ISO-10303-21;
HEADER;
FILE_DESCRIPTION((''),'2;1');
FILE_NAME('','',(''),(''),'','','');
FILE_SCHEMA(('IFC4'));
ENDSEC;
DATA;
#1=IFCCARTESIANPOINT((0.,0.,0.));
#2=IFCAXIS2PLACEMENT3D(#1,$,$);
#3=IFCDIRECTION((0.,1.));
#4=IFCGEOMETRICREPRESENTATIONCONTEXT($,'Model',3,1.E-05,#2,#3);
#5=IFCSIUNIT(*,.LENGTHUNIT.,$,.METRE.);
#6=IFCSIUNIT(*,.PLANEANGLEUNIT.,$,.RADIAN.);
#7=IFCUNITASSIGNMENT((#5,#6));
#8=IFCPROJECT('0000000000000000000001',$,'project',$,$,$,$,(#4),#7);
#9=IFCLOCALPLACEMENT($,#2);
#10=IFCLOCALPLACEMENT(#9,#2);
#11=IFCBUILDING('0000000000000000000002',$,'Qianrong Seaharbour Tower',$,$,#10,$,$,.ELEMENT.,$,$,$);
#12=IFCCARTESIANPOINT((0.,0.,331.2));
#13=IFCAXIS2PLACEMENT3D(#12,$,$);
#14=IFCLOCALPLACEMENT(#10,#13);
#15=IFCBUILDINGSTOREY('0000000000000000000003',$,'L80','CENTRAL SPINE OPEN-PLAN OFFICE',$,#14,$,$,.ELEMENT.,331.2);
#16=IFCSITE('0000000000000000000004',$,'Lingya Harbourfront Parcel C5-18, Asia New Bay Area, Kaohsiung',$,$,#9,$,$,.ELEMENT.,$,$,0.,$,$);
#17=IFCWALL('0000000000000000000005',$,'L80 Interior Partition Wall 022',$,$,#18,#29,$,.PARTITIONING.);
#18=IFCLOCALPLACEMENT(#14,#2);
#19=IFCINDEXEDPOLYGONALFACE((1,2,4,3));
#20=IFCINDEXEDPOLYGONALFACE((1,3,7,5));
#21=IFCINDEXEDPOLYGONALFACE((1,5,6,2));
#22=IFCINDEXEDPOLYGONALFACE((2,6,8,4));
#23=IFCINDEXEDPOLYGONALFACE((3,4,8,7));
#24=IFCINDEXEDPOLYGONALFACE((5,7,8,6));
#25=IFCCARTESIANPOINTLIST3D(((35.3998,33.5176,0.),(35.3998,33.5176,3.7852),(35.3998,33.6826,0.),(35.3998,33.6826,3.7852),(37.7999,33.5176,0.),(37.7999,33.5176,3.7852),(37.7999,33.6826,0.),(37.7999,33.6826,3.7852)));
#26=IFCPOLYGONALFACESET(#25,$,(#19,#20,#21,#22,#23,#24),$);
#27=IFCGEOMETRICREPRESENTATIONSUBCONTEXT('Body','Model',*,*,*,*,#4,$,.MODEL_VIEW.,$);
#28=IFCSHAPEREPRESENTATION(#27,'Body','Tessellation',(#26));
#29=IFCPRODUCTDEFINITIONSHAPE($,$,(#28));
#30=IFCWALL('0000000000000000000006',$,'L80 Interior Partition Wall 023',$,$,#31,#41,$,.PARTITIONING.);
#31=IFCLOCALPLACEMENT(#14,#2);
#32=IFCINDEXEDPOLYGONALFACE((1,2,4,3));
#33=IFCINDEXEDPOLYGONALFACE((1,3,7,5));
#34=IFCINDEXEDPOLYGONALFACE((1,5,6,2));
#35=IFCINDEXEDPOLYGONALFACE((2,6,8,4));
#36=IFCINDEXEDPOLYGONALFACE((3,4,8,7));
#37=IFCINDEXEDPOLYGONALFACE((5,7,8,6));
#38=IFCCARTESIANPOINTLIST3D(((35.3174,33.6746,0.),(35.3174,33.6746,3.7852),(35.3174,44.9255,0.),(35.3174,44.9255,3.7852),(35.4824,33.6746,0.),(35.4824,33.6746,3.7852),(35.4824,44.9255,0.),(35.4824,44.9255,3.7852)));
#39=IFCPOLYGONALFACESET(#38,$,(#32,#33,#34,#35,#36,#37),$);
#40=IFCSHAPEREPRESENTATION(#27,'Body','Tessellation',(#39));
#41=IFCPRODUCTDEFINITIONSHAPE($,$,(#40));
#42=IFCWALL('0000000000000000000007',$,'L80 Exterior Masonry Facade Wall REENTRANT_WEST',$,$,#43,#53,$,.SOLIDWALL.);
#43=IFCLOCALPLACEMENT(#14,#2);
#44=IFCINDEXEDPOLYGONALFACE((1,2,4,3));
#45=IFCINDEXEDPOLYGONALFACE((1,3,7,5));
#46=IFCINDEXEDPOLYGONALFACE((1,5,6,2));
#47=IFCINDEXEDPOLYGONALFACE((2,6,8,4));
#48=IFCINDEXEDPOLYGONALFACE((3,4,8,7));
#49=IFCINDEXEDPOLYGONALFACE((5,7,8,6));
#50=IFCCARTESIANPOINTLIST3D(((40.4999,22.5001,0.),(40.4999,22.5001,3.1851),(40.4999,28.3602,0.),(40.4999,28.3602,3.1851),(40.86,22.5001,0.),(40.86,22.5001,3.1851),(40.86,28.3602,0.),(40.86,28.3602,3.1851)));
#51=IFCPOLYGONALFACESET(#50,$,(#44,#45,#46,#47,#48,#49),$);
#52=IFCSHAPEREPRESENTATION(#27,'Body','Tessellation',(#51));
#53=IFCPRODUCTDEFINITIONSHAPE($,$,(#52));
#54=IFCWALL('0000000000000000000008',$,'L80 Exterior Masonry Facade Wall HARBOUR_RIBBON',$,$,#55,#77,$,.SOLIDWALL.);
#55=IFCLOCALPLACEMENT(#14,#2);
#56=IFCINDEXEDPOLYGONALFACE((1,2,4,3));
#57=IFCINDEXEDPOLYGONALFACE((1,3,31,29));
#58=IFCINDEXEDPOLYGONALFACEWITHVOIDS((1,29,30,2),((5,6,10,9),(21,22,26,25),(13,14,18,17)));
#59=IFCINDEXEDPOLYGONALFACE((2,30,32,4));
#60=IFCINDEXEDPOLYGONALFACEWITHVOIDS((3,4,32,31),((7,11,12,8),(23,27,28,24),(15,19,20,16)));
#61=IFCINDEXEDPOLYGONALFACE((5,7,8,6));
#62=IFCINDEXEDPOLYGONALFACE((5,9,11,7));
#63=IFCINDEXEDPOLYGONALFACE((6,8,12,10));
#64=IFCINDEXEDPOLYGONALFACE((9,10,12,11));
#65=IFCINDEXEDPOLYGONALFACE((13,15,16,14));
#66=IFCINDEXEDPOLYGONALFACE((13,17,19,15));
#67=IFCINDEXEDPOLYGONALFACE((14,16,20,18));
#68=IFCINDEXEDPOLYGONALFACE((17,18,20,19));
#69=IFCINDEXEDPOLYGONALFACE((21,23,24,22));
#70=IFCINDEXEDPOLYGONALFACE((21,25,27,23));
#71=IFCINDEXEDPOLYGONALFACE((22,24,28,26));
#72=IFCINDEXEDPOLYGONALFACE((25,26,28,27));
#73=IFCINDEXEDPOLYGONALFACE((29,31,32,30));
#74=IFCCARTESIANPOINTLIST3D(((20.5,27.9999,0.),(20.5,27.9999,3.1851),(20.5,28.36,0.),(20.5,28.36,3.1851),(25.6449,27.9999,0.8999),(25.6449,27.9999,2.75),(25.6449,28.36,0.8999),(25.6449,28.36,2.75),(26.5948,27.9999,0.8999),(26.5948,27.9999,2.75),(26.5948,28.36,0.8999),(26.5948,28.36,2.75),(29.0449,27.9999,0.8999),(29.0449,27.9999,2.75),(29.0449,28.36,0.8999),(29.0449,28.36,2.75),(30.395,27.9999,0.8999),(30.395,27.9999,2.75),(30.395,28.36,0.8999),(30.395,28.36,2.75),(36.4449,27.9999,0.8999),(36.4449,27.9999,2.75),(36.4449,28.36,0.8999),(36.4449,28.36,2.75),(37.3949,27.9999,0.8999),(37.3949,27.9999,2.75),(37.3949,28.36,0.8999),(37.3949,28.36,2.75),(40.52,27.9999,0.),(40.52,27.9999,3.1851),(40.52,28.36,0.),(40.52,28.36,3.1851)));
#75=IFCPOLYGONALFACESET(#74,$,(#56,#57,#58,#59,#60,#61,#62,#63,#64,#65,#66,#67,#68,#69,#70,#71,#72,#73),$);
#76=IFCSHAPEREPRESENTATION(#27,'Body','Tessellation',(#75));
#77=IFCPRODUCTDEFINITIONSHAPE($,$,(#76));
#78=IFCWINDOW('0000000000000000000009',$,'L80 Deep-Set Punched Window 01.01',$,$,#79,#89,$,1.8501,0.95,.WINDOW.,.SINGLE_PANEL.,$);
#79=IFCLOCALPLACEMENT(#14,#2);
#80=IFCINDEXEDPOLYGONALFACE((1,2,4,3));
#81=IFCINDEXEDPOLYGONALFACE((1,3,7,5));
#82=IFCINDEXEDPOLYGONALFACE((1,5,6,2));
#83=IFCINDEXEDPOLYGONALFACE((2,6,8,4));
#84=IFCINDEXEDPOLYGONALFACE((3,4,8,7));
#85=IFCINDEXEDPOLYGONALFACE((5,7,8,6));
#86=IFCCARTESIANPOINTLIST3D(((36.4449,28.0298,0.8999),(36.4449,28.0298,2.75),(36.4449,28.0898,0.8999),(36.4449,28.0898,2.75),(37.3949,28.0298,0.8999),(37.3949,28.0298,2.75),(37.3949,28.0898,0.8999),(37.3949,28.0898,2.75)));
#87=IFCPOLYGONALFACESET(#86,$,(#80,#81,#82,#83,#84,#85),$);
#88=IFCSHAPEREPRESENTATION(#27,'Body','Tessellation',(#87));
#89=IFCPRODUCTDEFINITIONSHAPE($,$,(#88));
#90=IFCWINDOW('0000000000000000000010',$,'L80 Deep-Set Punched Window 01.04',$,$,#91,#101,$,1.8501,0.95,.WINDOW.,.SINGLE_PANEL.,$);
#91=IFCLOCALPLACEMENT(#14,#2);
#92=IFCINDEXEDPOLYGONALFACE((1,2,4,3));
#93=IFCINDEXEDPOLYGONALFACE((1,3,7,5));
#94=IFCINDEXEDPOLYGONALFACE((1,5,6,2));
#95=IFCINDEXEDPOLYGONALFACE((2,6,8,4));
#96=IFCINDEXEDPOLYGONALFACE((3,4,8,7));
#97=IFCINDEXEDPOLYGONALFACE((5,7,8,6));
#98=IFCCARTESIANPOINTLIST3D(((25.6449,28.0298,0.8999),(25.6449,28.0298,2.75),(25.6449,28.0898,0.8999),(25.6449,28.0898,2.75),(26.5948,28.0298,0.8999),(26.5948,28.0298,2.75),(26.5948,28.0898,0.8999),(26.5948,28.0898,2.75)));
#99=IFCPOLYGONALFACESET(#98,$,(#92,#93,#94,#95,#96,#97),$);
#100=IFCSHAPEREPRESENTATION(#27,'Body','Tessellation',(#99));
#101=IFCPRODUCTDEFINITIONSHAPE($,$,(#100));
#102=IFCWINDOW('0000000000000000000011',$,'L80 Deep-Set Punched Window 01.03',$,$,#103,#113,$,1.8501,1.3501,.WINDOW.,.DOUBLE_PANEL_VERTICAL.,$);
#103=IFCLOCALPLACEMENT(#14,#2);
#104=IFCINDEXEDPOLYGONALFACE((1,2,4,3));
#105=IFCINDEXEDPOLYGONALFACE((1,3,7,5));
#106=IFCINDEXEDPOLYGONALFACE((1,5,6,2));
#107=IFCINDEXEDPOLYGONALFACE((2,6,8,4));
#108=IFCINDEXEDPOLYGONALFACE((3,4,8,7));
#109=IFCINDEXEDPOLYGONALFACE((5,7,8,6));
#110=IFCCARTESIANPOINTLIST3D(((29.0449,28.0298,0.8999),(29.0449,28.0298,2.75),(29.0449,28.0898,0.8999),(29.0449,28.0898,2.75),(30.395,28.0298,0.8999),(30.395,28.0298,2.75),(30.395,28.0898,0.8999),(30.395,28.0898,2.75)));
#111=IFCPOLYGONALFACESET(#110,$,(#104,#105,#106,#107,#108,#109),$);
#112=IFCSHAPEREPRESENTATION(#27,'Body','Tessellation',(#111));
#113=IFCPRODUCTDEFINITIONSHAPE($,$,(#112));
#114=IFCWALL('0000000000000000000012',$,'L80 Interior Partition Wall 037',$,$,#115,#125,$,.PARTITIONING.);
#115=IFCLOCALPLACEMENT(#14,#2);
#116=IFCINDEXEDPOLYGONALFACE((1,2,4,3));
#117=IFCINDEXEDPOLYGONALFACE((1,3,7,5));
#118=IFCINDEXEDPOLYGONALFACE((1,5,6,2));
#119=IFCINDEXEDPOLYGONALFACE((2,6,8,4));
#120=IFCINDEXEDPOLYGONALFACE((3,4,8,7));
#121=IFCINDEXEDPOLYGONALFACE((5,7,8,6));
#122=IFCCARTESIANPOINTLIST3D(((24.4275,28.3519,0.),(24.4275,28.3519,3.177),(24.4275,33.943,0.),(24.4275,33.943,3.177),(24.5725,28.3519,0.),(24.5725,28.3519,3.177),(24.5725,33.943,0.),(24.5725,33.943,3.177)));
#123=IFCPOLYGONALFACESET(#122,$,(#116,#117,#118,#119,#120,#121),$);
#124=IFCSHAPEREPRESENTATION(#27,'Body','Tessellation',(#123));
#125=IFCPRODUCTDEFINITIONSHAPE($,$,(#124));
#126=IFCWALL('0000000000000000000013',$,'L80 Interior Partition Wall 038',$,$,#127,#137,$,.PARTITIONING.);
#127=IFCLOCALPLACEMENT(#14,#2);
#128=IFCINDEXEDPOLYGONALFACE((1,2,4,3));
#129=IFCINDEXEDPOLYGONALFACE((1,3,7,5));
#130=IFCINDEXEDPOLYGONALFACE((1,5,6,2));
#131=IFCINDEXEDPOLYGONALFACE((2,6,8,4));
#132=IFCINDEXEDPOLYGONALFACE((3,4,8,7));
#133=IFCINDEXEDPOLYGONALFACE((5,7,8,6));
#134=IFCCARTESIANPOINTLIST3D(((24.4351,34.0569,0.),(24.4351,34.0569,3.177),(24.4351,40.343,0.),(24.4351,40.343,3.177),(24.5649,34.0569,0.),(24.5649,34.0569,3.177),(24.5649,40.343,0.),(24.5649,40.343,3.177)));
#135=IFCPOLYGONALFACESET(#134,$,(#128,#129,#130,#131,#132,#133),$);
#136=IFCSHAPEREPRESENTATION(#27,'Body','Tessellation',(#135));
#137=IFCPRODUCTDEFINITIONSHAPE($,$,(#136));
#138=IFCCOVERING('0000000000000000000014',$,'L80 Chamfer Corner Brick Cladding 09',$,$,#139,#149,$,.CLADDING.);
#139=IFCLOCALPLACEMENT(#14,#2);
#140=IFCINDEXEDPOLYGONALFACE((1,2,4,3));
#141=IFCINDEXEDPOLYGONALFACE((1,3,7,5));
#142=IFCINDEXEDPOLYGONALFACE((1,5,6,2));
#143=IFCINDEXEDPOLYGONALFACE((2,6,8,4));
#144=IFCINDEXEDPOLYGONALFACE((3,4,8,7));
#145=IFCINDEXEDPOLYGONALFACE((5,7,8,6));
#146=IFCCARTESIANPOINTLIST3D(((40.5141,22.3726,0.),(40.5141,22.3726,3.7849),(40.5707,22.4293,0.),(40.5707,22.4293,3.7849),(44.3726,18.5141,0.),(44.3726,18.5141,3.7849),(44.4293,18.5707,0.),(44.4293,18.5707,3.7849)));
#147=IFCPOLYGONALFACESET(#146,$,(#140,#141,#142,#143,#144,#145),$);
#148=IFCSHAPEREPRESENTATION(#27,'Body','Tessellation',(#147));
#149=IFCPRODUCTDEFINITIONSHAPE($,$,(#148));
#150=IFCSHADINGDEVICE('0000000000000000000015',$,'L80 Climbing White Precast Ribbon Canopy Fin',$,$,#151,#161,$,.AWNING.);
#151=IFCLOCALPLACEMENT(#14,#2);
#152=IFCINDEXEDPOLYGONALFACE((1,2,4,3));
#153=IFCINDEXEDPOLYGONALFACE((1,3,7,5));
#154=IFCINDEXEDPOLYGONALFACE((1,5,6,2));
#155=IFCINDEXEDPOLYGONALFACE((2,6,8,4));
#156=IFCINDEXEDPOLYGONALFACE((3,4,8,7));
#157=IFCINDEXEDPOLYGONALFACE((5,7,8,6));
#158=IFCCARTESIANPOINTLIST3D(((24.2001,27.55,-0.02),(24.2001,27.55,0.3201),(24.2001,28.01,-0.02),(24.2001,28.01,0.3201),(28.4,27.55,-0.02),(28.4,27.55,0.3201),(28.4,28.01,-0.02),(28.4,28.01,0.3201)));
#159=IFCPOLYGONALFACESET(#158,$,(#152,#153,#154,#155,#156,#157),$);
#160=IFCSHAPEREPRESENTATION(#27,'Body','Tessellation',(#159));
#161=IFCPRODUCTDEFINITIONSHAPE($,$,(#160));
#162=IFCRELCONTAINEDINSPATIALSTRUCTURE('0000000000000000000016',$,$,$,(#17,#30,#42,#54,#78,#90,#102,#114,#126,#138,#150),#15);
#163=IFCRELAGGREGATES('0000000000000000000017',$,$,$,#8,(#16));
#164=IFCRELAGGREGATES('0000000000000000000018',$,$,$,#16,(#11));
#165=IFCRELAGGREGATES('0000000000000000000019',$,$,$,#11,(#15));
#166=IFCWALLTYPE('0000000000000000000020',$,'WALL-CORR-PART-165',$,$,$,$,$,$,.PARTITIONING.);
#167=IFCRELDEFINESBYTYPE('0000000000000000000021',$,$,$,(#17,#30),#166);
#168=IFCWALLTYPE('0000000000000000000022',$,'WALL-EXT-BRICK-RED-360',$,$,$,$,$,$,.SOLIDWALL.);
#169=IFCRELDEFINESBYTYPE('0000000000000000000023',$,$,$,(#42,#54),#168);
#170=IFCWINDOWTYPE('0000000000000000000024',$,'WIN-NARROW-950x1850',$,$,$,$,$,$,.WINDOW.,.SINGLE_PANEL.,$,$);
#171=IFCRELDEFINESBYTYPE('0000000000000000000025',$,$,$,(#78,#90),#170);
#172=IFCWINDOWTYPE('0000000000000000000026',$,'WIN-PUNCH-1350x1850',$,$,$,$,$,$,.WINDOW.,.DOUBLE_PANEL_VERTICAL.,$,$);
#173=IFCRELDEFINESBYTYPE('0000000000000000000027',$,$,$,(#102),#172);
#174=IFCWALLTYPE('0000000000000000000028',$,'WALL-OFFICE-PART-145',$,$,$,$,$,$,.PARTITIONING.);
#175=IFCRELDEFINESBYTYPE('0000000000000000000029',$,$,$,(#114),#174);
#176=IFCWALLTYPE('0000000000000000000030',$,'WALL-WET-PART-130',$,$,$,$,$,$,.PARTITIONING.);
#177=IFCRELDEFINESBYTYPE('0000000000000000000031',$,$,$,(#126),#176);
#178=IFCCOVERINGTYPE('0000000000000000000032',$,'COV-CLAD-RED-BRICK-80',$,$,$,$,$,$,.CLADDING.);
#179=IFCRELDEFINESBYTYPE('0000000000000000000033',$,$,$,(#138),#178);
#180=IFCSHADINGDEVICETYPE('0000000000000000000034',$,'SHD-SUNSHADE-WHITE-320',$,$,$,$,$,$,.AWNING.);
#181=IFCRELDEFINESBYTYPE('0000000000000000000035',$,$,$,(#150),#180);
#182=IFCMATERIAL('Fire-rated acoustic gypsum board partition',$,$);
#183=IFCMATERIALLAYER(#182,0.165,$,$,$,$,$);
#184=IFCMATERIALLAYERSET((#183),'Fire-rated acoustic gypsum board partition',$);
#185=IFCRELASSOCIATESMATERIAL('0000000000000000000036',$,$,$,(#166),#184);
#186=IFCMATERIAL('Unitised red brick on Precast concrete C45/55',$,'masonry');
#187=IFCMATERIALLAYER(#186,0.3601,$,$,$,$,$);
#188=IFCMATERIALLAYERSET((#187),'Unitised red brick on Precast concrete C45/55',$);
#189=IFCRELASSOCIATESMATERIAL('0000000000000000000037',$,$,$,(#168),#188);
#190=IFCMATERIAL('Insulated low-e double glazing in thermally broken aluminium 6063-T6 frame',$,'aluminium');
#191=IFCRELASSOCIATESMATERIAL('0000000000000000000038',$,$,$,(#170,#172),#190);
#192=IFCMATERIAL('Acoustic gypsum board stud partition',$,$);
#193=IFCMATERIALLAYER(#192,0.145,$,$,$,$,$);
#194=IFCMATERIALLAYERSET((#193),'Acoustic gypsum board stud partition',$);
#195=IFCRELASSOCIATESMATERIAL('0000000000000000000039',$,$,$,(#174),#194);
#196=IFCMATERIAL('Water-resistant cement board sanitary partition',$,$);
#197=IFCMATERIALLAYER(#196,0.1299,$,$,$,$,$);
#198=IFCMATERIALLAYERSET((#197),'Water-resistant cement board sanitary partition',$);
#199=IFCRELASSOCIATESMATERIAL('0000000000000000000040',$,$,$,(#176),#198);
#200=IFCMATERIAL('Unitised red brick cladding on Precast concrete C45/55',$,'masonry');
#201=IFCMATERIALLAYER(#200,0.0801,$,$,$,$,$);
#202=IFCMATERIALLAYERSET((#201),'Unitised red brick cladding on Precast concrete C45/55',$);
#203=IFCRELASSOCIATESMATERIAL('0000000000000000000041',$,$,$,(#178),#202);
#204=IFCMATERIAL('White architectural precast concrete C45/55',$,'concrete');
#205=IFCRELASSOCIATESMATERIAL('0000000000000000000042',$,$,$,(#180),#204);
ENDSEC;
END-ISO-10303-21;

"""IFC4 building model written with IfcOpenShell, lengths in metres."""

from ifc_helpers import new_model, si_unit, direction, frame, frame_2d, origin, origin_2d, place, context, subcontext, project, spatial, rectangle, extrude, material, layer, layer_set, type_object, element, fill, save


model = new_model("IFC4")

# Units and contexts
model_context = context("Model", 3, precision=1e-05, world=origin(), true_north=direction((0.0, 1.0)))
body_context = subcontext(model_context, "Body", "Model", "MODEL_VIEW")
ifc_project = project(units=[si_unit("LENGTHUNIT", "METRE"), si_unit("PLANEANGLEUNIT", "RADIAN")], contexts=[model_context])

# Site, building, storey
site_placement = place(None, origin())
site = spatial("IfcSite", under=ifc_project, at=site_placement, Name="Lingya Harbourfront Parcel C5-18, Asia New Bay Area, Kaohsiung", CompositionType="ELEMENT", RefElevation=0.0)
building_placement = place(site_placement, origin())
building = spatial("IfcBuilding", under=site, at=building_placement, Name="Qianrong Seaharbour Tower", CompositionType="ELEMENT")
storey_placement = place(building_placement, frame((0.0, 0.0, 331.2)))
storey = spatial("IfcBuildingStorey", under=building, at=storey_placement, Name="L80", Description="CENTRAL SPINE OPEN-PLAN OFFICE", CompositionType="ELEMENT", Elevation=331.2)

# Walls
ifc_material_1 = material(Name="Fire-rated acoustic gypsum board partition")
ifc_layer_1 = layer(ifc_material_1, 0.165)
ifc_layer_set_1 = layer_set([ifc_layer_1], Name="Fire-rated acoustic gypsum board partition")
wall_type_1 = type_object("IfcWallType", Name="WALL-CORR-PART-165", PredefinedType="PARTITIONING", material=ifc_layer_set_1)
wall_1_placement = place(storey_placement, frame((37.8, 33.6001, 0.0), z_axis=(0.0, 0.0, 1.0), x_axis=(-1.0, 0.0, 0.0)))
element("IfcWall", 1, at=wall_1_placement, inside=storey, type_object=wall_type_1, Name="L80 Interior Partition Wall 022", PredefinedType="PARTITIONING", context=body_context, shape_type="SweptSolid", body=[
    extrude(rectangle(XDim=2.4001, YDim=0.165, at=frame_2d((1.2002, 0.0))), origin(), (0.0, 0.0, 1.0), 3.7852),
])
wall_2_placement = place(storey_placement, frame((35.3999, 33.6746, 0.0), z_axis=(0.0, 0.0, 1.0), x_axis=(0.0, 1.0, 0.0)))
element("IfcWall", 2, at=wall_2_placement, inside=storey, type_object=wall_type_1, Name="L80 Interior Partition Wall 023", PredefinedType="PARTITIONING", context=body_context, shape_type="SweptSolid", body=[
    extrude(rectangle(XDim=11.251, YDim=0.165, at=frame_2d((5.6255, 0.0))), origin(), (0.0, 0.0, 1.0), 3.7852),
])
ifc_material_2 = material(Name="Unitised red brick on Precast concrete C45/55", Category="masonry")
ifc_layer_2 = layer(ifc_material_2, 0.3601)
ifc_layer_set_2 = layer_set([ifc_layer_2], Name="Unitised red brick on Precast concrete C45/55")
wall_type_2 = type_object("IfcWallType", Name="WALL-EXT-BRICK-RED-360", PredefinedType="SOLIDWALL", material=ifc_layer_set_2)
wall_3_placement = place(storey_placement, frame((40.6799, 22.5, 0.0), z_axis=(0.0, 0.0, 1.0), x_axis=(0.0, 1.0, 0.0)))
element("IfcWall", 3, at=wall_3_placement, inside=storey, type_object=wall_type_2, Name="L80 Exterior Masonry Facade Wall REENTRANT_WEST", PredefinedType="SOLIDWALL", context=body_context, shape_type="SweptSolid", body=[
    extrude(rectangle(XDim=5.8601, YDim=0.3601, at=frame_2d((2.9302, 0.0))), origin(), (0.0, 0.0, 1.0), 3.1851),
])

# Wall, openings, windows
wall_4_placement = place(storey_placement, frame((40.52, 28.1799, 0.0), z_axis=(0.0, 0.0, 1.0), x_axis=(-1.0, 0.0, 0.0)))
wall_4 = element("IfcWall", 4, at=wall_4_placement, inside=storey, type_object=wall_type_2, Name="L80 Exterior Masonry Facade Wall HARBOUR_RIBBON", PredefinedType="SOLIDWALL", context=body_context, shape_type="SweptSolid", body=[
    extrude(rectangle(XDim=20.02, YDim=0.3601, at=frame_2d((10.01, 0.0))), origin(), (0.0, 0.0, 1.0), 3.1851),
])
opening_1_placement = place(wall_4_placement, frame((3.125, 0.0, 0.8999)))
opening_1 = element("IfcOpeningElement", 5, at=opening_1_placement, cuts=wall_4, PredefinedType="OPENING", context=body_context, shape_type="SweptSolid", body=[
    extrude(rectangle(XDim=0.95, YDim=1.8501, at=frame_2d((0.4751, 0.925))), frame((0.0, 0.1899, 0.0), z_axis=(0.0, -1.0, 0.0), x_axis=(1.0, 0.0, 0.0)), (0.0, 0.0, 1.0), 0.3801),
])
opening_2_placement = place(wall_4_placement, frame((10.125, 0.0, 0.8999)))
opening_2 = element("IfcOpeningElement", 6, at=opening_2_placement, cuts=wall_4, PredefinedType="OPENING", context=body_context, shape_type="SweptSolid", body=[
    extrude(rectangle(XDim=1.3501, YDim=1.8501, at=frame_2d((0.675, 0.925))), frame((0.0, 0.1899, 0.0), z_axis=(0.0, -1.0, 0.0), x_axis=(1.0, 0.0, 0.0)), (0.0, 0.0, 1.0), 0.3801),
])
opening_3_placement = place(wall_4_placement, frame((13.925, 0.0, 0.8999)))
opening_3 = element("IfcOpeningElement", 7, at=opening_3_placement, cuts=wall_4, PredefinedType="OPENING", context=body_context, shape_type="SweptSolid", body=[
    extrude(rectangle(XDim=0.95, YDim=1.8501, at=frame_2d((0.4751, 0.925))), frame((0.0, 0.1899, 0.0), z_axis=(0.0, -1.0, 0.0), x_axis=(1.0, 0.0, 0.0)), (0.0, 0.0, 1.0), 0.3801),
])
ifc_material_3 = material(Name="Insulated low-e double glazing in thermally broken aluminium 6063-T6 frame", Category="aluminium")
window_type_1 = type_object("IfcWindowType", Name="WIN-NARROW-950x1850", PartitioningType="SINGLE_PANEL", PredefinedType="WINDOW", material=ifc_material_3)
window_1_placement = place(opening_1_placement, origin())
window_1 = element("IfcWindow", 8, at=window_1_placement, inside=storey, type_object=window_type_1, Name="L80 Deep-Set Punched Window 01.01", OverallHeight=1.8501, OverallWidth=0.95, PartitioningType="SINGLE_PANEL", PredefinedType="WINDOW", context=body_context, shape_type="SweptSolid", body=[
    extrude(rectangle(XDim=0.95, YDim=1.8501, at=frame_2d((0.4751, 0.925))), frame((0.0, 0.1501, 0.0), z_axis=(0.0, -1.0, 0.0), x_axis=(1.0, 0.0, 0.0)), (0.0, 0.0, 1.0), 0.0601),
])
fill(opening_1, window_1)
window_2_placement = place(opening_3_placement, origin())
window_2 = element("IfcWindow", 9, at=window_2_placement, inside=storey, type_object=window_type_1, Name="L80 Deep-Set Punched Window 01.04", OverallHeight=1.8501, OverallWidth=0.95, PartitioningType="SINGLE_PANEL", PredefinedType="WINDOW", context=body_context, shape_type="SweptSolid", body=[
    extrude(rectangle(XDim=0.95, YDim=1.8501, at=frame_2d((0.4751, 0.925))), frame((0.0, 0.1501, 0.0), z_axis=(0.0, -1.0, 0.0), x_axis=(1.0, 0.0, 0.0)), (0.0, 0.0, 1.0), 0.0601),
])
fill(opening_3, window_2)
window_type_2 = type_object("IfcWindowType", Name="WIN-PUNCH-1350x1850", PartitioningType="DOUBLE_PANEL_VERTICAL", PredefinedType="WINDOW", material=ifc_material_3)
window_3_placement = place(opening_2_placement, origin())
window_3 = element("IfcWindow", 10, at=window_3_placement, inside=storey, type_object=window_type_2, Name="L80 Deep-Set Punched Window 01.03", OverallHeight=1.8501, OverallWidth=1.3501, PartitioningType="DOUBLE_PANEL_VERTICAL", PredefinedType="WINDOW", context=body_context, shape_type="SweptSolid", body=[
    extrude(rectangle(XDim=1.3501, YDim=1.8501, at=frame_2d((0.675, 0.925))), frame((0.0, 0.1501, 0.0), z_axis=(0.0, -1.0, 0.0), x_axis=(1.0, 0.0, 0.0)), (0.0, 0.0, 1.0), 0.0601),
])
fill(opening_2, window_3)

# Walls
ifc_material_4 = material(Name="Acoustic gypsum board stud partition")
ifc_layer_3 = layer(ifc_material_4, 0.145)
ifc_layer_set_3 = layer_set([ifc_layer_3], Name="Acoustic gypsum board stud partition")
wall_type_3 = type_object("IfcWallType", Name="WALL-OFFICE-PART-145", PredefinedType="PARTITIONING", material=ifc_layer_set_3)
wall_5_placement = place(storey_placement, frame((24.5, 28.3521, 0.0), z_axis=(0.0, 0.0, 1.0), x_axis=(0.0, 1.0, 0.0)))
element("IfcWall", 11, at=wall_5_placement, inside=storey, type_object=wall_type_3, Name="L80 Interior Partition Wall 037", PredefinedType="PARTITIONING", context=body_context, shape_type="SweptSolid", body=[
    extrude(rectangle(XDim=5.5911, YDim=0.145, at=frame_2d((2.7954, 0.0))), origin(), (0.0, 0.0, 1.0), 3.177),
])
ifc_material_5 = material(Name="Water-resistant cement board sanitary partition")
ifc_layer_4 = layer(ifc_material_5, 0.1299)
ifc_layer_set_4 = layer_set([ifc_layer_4], Name="Water-resistant cement board sanitary partition")
wall_type_4 = type_object("IfcWallType", Name="WALL-WET-PART-130", PredefinedType="PARTITIONING", material=ifc_layer_set_4)
wall_6_placement = place(storey_placement, frame((24.5, 34.0569, 0.0), z_axis=(0.0, 0.0, 1.0), x_axis=(0.0, 1.0, 0.0)))
element("IfcWall", 12, at=wall_6_placement, inside=storey, type_object=wall_type_4, Name="L80 Interior Partition Wall 038", PredefinedType="PARTITIONING", context=body_context, shape_type="SweptSolid", body=[
    extrude(rectangle(XDim=6.2861, YDim=0.1299, at=frame_2d((3.1431, 0.0))), origin(), (0.0, 0.0, 1.0), 3.177),
])

# Covering
ifc_material_6 = material(Name="Unitised red brick cladding on Precast concrete C45/55", Category="masonry")
ifc_layer_5 = layer(ifc_material_6, 0.0801)
ifc_layer_set_5 = layer_set([ifc_layer_5], Name="Unitised red brick cladding on Precast concrete C45/55")
covering_type = type_object("IfcCoveringType", Name="COV-CLAD-RED-BRICK-80", PredefinedType="CLADDING", material=ifc_layer_set_5)
covering_placement = place(storey_placement, frame((42.4717, 20.4717, 0.0), z_axis=(0.0, 0.0, 1.0), x_axis=(-0.707107, 0.707107, 0.0)))
element("IfcCovering", 13, at=covering_placement, inside=storey, type_object=covering_type, Name="L80 Chamfer Corner Brick Cladding 09", PredefinedType="CLADDING", context=body_context, shape_type="SweptSolid", body=[
    extrude(rectangle(XDim=5.4568, YDim=0.0801, at=origin_2d()), origin(), (0.0, 0.0, 1.0), 3.7849),
])

# Shading device
ifc_material_7 = material(Name="White architectural precast concrete C45/55", Category="concrete")
shading_device_type = type_object("IfcShadingDeviceType", Name="SHD-SUNSHADE-WHITE-320", PredefinedType="AWNING", material=ifc_material_7)
shading_device_placement = place(storey_placement, frame((26.3, 27.78, -0.02), z_axis=(0.0, 0.0, 1.0), x_axis=(1.0, 0.0, 0.0)))
element("IfcShadingDevice", 14, at=shading_device_placement, inside=storey, type_object=shading_device_type, Name="L80 Climbing White Precast Ribbon Canopy Fin", PredefinedType="AWNING", context=body_context, shape_type="SweptSolid", body=[
    extrude(rectangle(XDim=4.2, YDim=0.46, at=origin_2d()), origin(), (0.0, 0.0, 1.0), 0.3401),
])

save(model, "model.ifc")
